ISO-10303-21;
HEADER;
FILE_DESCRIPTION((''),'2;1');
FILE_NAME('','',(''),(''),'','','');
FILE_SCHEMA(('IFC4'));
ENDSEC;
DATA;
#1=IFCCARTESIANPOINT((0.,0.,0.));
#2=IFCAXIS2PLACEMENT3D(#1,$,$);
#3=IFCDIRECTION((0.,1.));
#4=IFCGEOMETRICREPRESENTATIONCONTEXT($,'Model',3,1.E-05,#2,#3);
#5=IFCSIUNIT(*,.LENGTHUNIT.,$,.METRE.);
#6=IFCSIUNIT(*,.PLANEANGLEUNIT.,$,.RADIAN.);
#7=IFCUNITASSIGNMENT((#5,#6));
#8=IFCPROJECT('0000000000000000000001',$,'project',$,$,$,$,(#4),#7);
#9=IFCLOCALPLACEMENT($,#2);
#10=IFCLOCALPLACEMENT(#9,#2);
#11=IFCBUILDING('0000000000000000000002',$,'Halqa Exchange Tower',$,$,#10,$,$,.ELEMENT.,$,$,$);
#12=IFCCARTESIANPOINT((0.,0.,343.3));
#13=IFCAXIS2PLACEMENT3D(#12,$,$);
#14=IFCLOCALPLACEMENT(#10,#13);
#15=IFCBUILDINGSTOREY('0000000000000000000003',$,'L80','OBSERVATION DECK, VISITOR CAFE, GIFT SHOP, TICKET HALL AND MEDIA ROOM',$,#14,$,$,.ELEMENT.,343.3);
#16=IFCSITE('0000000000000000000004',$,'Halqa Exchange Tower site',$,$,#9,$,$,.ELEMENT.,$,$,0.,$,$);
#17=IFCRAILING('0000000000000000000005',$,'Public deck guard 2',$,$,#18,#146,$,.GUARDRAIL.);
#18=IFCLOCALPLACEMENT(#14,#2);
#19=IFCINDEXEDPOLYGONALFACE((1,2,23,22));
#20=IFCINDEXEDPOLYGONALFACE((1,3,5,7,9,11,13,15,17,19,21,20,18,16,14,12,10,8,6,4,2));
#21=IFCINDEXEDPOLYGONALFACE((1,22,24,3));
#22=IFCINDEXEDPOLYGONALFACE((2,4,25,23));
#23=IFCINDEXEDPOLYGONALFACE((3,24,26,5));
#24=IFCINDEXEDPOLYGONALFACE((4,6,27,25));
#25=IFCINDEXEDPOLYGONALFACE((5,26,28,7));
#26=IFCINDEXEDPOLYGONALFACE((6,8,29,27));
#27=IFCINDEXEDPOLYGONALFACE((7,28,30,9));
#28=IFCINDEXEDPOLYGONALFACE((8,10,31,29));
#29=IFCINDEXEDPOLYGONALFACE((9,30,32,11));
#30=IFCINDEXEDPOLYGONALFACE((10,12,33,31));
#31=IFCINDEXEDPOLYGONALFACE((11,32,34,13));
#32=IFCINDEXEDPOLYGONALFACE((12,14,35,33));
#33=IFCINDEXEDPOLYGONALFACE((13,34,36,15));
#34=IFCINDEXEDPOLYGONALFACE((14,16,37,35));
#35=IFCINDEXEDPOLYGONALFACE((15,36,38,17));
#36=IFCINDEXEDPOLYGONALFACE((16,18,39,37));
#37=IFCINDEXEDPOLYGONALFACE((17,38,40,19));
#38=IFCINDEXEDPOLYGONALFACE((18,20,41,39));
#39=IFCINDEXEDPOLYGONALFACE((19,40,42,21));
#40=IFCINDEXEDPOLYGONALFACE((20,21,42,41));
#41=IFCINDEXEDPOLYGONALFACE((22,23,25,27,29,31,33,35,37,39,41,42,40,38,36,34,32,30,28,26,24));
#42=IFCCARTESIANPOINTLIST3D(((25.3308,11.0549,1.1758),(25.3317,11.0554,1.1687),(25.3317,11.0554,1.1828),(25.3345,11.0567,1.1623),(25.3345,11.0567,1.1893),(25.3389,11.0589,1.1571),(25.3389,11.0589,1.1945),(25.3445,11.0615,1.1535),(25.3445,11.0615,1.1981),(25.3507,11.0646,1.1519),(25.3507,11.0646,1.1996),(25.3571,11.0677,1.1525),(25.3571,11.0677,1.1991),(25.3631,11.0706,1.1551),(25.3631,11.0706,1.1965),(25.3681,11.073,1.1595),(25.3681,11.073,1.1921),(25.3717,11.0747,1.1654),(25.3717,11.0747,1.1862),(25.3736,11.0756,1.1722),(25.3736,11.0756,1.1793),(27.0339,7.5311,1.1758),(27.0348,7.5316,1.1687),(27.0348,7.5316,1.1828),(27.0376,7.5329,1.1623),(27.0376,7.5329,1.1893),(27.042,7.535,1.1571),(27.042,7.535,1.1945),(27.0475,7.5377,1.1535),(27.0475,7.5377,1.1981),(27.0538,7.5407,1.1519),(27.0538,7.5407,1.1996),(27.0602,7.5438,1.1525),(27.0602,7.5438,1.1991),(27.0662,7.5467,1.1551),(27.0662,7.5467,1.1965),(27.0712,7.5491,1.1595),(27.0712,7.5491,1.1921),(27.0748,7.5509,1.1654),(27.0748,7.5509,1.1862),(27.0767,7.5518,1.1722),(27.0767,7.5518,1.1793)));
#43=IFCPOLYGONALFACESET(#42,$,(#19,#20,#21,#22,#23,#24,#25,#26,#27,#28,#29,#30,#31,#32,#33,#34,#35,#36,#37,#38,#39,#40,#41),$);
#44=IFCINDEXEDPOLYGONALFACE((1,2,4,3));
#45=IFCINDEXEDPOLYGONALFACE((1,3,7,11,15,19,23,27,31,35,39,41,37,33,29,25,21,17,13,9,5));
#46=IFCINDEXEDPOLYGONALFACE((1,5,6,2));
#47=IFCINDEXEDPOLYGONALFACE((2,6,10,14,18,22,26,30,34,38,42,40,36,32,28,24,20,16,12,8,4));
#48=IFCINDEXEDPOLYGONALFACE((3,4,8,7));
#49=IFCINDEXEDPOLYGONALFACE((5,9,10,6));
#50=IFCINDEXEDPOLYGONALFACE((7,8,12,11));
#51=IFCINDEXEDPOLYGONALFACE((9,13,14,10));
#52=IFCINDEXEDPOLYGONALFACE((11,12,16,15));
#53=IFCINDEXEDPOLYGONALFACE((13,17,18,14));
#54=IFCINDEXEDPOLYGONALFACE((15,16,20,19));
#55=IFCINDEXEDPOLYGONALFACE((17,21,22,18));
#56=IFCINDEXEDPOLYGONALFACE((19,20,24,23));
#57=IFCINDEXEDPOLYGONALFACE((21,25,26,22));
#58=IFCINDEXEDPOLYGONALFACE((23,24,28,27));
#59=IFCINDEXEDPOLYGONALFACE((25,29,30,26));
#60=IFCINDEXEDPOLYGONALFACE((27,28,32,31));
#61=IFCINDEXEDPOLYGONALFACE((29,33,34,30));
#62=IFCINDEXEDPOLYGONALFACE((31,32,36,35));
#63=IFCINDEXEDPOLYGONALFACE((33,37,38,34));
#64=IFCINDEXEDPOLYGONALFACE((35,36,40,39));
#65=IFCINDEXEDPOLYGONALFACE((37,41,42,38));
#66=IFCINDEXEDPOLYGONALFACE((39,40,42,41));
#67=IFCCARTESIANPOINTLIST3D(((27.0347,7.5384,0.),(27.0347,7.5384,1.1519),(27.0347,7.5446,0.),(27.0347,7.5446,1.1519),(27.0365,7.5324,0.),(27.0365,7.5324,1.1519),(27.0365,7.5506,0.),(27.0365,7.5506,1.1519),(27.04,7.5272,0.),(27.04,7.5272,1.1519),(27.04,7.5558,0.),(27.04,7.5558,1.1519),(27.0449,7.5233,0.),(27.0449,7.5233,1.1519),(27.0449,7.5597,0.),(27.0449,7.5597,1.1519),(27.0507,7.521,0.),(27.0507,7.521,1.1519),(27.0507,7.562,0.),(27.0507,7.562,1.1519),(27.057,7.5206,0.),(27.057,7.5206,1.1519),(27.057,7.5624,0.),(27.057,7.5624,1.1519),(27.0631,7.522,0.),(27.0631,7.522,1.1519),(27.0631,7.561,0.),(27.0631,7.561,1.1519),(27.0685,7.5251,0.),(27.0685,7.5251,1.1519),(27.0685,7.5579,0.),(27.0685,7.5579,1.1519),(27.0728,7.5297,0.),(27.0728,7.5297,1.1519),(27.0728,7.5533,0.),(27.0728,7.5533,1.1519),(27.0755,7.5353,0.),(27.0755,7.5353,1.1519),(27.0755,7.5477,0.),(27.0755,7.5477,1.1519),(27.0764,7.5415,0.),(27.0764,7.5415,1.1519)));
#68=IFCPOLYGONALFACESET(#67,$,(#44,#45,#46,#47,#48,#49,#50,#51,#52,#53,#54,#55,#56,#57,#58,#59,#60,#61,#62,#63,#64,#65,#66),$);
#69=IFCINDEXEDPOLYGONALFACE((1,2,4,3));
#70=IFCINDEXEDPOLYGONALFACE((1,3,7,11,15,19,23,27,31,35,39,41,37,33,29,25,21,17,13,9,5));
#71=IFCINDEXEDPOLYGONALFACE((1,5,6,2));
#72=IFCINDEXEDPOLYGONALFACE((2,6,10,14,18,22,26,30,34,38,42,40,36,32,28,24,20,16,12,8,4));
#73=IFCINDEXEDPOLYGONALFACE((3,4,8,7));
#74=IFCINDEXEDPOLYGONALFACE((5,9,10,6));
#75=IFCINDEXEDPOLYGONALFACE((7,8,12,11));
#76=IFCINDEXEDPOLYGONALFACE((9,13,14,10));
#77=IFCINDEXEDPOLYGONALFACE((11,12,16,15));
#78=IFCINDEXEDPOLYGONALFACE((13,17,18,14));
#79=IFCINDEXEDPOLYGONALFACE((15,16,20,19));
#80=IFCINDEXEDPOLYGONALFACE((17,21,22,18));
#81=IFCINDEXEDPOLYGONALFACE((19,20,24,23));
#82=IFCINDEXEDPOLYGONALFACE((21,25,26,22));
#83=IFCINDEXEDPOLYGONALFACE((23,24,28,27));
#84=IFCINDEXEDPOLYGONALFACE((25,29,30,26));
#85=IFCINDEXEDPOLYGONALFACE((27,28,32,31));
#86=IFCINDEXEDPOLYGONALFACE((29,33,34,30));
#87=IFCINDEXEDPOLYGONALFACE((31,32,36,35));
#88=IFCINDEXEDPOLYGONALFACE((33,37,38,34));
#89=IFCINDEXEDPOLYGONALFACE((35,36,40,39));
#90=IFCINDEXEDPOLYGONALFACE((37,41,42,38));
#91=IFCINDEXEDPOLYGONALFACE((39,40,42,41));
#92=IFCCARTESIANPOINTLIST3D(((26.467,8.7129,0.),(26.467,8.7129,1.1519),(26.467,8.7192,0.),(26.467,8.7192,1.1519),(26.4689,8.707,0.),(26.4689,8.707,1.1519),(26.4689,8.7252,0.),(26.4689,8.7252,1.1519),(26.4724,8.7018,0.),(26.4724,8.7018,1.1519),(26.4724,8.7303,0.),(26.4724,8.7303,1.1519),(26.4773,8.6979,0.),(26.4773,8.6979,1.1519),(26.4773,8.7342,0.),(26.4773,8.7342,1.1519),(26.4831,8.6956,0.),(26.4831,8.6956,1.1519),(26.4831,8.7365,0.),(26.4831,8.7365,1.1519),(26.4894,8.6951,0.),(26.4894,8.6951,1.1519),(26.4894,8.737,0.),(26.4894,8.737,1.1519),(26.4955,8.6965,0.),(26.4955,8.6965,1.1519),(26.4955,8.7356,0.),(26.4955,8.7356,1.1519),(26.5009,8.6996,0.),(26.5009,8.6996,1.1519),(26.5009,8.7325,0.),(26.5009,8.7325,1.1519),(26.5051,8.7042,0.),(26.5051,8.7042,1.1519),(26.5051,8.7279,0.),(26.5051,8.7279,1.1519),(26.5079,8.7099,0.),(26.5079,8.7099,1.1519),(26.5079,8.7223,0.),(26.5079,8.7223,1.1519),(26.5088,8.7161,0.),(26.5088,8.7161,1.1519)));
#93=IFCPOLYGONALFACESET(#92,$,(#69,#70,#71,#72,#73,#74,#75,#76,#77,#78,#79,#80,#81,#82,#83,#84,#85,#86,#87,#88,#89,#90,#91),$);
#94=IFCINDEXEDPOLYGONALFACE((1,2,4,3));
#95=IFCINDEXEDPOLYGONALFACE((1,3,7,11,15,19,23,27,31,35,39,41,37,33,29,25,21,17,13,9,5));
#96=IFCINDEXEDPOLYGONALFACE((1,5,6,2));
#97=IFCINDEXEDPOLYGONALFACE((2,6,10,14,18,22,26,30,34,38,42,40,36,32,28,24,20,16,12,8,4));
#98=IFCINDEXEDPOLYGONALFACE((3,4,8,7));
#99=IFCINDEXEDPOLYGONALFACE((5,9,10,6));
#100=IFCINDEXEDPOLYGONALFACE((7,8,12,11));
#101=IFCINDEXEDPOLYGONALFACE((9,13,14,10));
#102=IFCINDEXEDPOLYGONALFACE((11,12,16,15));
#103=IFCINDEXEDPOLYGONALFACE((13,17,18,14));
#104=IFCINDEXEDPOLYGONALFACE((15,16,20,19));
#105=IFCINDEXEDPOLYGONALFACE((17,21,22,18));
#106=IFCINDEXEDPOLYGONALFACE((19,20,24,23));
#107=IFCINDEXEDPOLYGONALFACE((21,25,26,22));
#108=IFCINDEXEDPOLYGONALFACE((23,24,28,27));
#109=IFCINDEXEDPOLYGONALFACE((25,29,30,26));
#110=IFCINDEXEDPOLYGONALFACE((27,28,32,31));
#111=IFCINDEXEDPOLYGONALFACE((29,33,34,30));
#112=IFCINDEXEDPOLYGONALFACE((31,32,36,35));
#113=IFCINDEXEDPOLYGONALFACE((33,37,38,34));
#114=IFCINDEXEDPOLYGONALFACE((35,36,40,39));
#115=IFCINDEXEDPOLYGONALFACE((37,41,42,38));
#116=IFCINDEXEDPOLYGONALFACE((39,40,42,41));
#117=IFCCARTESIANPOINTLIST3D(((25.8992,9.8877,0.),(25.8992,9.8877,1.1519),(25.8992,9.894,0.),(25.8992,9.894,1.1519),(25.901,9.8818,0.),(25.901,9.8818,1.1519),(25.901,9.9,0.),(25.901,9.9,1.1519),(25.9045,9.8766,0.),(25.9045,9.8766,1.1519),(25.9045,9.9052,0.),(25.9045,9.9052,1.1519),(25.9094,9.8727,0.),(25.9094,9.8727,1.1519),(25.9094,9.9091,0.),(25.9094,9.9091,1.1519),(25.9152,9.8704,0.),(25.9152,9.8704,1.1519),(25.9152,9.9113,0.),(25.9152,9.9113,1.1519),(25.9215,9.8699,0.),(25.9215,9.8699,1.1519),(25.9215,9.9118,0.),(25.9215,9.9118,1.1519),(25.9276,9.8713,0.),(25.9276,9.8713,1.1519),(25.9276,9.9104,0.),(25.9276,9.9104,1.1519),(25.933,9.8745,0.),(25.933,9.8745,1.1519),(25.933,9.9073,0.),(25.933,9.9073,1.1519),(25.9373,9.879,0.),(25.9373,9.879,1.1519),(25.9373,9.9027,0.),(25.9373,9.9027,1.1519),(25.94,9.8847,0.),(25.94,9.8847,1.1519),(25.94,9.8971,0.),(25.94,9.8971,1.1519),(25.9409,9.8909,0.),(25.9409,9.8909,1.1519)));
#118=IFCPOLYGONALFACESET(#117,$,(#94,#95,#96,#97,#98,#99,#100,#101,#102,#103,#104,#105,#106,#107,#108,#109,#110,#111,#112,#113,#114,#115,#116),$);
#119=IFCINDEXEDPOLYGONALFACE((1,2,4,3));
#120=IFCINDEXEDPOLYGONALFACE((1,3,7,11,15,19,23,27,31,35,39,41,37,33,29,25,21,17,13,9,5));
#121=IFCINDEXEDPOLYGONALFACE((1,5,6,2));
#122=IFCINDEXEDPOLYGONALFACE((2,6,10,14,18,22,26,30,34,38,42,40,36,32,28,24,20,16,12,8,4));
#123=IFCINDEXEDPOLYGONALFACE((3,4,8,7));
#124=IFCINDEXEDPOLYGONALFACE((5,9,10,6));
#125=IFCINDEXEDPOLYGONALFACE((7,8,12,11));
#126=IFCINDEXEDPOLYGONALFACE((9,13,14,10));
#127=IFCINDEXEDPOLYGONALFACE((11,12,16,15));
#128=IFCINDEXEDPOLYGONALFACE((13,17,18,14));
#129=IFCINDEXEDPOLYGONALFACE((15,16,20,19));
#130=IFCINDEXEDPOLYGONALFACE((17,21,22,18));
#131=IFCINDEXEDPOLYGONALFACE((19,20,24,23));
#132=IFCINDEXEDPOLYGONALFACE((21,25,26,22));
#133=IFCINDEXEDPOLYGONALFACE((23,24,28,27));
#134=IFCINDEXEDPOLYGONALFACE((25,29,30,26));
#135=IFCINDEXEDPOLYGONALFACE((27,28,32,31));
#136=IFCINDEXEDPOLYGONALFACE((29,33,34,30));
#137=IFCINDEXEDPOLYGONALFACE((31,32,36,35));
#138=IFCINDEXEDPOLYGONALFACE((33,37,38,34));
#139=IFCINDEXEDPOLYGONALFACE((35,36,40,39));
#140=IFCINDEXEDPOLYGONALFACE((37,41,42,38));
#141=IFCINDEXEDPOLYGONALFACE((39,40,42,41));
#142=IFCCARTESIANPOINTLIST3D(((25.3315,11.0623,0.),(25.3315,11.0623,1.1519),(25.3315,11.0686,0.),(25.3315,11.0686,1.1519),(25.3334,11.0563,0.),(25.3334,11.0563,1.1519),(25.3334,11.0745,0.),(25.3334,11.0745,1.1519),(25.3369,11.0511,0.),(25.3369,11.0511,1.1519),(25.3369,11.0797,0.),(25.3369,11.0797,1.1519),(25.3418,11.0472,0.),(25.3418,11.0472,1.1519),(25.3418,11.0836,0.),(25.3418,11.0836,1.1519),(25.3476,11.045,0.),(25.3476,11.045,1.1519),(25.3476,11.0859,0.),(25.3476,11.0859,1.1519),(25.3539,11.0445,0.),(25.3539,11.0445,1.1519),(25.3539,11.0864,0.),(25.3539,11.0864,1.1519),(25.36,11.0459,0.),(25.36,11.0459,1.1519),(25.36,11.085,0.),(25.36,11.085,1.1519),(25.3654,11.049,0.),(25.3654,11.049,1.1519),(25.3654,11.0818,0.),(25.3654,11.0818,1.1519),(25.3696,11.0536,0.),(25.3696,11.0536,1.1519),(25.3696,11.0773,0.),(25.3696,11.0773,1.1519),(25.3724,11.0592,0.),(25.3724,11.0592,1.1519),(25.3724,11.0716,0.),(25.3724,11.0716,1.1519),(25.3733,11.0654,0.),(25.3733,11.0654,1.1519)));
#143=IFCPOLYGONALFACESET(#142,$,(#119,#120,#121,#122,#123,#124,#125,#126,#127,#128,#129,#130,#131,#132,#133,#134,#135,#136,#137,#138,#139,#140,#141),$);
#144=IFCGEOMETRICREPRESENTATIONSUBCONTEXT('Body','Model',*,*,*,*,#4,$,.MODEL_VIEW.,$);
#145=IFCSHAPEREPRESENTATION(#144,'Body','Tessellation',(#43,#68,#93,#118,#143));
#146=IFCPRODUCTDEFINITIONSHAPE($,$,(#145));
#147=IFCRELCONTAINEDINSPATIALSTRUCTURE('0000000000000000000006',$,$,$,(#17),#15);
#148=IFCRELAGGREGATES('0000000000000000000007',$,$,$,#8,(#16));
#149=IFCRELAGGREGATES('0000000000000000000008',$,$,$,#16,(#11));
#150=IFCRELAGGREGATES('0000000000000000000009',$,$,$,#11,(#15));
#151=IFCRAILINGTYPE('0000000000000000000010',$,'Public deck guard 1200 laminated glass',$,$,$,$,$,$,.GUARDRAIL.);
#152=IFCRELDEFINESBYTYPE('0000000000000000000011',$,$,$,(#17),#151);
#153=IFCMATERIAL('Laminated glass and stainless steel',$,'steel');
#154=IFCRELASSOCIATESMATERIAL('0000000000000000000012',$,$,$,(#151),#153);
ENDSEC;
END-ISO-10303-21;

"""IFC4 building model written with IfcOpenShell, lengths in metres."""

from ifc_helpers import new_model, si_unit, direction, frame, origin, origin_2d, place, context, subcontext, project, spatial, circle, extrude, material, type_object, element, save


model = new_model("IFC4")

# Units and contexts
model_context = context("Model", 3, precision=1e-05, world=origin(), true_north=direction((0.0, 1.0)))
body_context = subcontext(model_context, "Body", "Model", "MODEL_VIEW")
ifc_project = project(units=[si_unit("LENGTHUNIT", "METRE"), si_unit("PLANEANGLEUNIT", "RADIAN")], contexts=[model_context])

# Site, building, storey
site_placement = place(None, origin())
site = spatial("IfcSite", under=ifc_project, at=site_placement, Name="Halqa Exchange Tower site", CompositionType="ELEMENT", RefElevation=0.0)
building_placement = place(site_placement, origin())
building = spatial("IfcBuilding", under=site, at=building_placement, Name="Halqa Exchange Tower", CompositionType="ELEMENT")
storey_placement = place(building_placement, frame((0.0, 0.0, 343.3)))
storey = spatial("IfcBuildingStorey", under=building, at=storey_placement, Name="L80", Description="OBSERVATION DECK, VISITOR CAFE, GIFT SHOP, TICKET HALL AND MEDIA ROOM", CompositionType="ELEMENT", Elevation=343.3)

# Railing
ifc_material_1 = material(Name="Laminated glass and stainless steel", Category="steel")
railing_type = type_object("IfcRailingType", Name="Public deck guard 1200 laminated glass", PredefinedType="GUARDRAIL", material=ifc_material_1)
railing_1_placement = place(storey_placement, frame((27.0554, 7.5415, 0.0)))
element("IfcRailing", 1, at=railing_1_placement, inside=storey, type_object=railing_type, Name="Public deck guard 2", PredefinedType="GUARDRAIL", context=body_context, shape_type="SweptSolid", body=[
    extrude(circle(Radius=0.0239, at=origin_2d()), frame((0.0, 0.0, 1.1758), z_axis=(-0.435147, 0.90036, 0.0), x_axis=(-0.90036, -0.435147, 0.0)), (0.0, 0.0, 1.0), 3.9138),
    extrude(circle(Radius=0.021, at=origin_2d()), origin(), (0.0, 0.0, 1.0), 1.1519),
    extrude(circle(Radius=0.021, at=origin_2d()), frame((-0.5676, 1.1746, 0.0)), (0.0, 0.0, 1.0), 1.1519),
    extrude(circle(Radius=0.021, at=origin_2d()), frame((-1.1355, 2.3494, 0.0)), (0.0, 0.0, 1.0), 1.1519),
    extrude(circle(Radius=0.021, at=origin_2d()), frame((-1.7031, 3.5239, 0.0)), (0.0, 0.0, 1.0), 1.1519),
])

save(model, "model.ifc")
